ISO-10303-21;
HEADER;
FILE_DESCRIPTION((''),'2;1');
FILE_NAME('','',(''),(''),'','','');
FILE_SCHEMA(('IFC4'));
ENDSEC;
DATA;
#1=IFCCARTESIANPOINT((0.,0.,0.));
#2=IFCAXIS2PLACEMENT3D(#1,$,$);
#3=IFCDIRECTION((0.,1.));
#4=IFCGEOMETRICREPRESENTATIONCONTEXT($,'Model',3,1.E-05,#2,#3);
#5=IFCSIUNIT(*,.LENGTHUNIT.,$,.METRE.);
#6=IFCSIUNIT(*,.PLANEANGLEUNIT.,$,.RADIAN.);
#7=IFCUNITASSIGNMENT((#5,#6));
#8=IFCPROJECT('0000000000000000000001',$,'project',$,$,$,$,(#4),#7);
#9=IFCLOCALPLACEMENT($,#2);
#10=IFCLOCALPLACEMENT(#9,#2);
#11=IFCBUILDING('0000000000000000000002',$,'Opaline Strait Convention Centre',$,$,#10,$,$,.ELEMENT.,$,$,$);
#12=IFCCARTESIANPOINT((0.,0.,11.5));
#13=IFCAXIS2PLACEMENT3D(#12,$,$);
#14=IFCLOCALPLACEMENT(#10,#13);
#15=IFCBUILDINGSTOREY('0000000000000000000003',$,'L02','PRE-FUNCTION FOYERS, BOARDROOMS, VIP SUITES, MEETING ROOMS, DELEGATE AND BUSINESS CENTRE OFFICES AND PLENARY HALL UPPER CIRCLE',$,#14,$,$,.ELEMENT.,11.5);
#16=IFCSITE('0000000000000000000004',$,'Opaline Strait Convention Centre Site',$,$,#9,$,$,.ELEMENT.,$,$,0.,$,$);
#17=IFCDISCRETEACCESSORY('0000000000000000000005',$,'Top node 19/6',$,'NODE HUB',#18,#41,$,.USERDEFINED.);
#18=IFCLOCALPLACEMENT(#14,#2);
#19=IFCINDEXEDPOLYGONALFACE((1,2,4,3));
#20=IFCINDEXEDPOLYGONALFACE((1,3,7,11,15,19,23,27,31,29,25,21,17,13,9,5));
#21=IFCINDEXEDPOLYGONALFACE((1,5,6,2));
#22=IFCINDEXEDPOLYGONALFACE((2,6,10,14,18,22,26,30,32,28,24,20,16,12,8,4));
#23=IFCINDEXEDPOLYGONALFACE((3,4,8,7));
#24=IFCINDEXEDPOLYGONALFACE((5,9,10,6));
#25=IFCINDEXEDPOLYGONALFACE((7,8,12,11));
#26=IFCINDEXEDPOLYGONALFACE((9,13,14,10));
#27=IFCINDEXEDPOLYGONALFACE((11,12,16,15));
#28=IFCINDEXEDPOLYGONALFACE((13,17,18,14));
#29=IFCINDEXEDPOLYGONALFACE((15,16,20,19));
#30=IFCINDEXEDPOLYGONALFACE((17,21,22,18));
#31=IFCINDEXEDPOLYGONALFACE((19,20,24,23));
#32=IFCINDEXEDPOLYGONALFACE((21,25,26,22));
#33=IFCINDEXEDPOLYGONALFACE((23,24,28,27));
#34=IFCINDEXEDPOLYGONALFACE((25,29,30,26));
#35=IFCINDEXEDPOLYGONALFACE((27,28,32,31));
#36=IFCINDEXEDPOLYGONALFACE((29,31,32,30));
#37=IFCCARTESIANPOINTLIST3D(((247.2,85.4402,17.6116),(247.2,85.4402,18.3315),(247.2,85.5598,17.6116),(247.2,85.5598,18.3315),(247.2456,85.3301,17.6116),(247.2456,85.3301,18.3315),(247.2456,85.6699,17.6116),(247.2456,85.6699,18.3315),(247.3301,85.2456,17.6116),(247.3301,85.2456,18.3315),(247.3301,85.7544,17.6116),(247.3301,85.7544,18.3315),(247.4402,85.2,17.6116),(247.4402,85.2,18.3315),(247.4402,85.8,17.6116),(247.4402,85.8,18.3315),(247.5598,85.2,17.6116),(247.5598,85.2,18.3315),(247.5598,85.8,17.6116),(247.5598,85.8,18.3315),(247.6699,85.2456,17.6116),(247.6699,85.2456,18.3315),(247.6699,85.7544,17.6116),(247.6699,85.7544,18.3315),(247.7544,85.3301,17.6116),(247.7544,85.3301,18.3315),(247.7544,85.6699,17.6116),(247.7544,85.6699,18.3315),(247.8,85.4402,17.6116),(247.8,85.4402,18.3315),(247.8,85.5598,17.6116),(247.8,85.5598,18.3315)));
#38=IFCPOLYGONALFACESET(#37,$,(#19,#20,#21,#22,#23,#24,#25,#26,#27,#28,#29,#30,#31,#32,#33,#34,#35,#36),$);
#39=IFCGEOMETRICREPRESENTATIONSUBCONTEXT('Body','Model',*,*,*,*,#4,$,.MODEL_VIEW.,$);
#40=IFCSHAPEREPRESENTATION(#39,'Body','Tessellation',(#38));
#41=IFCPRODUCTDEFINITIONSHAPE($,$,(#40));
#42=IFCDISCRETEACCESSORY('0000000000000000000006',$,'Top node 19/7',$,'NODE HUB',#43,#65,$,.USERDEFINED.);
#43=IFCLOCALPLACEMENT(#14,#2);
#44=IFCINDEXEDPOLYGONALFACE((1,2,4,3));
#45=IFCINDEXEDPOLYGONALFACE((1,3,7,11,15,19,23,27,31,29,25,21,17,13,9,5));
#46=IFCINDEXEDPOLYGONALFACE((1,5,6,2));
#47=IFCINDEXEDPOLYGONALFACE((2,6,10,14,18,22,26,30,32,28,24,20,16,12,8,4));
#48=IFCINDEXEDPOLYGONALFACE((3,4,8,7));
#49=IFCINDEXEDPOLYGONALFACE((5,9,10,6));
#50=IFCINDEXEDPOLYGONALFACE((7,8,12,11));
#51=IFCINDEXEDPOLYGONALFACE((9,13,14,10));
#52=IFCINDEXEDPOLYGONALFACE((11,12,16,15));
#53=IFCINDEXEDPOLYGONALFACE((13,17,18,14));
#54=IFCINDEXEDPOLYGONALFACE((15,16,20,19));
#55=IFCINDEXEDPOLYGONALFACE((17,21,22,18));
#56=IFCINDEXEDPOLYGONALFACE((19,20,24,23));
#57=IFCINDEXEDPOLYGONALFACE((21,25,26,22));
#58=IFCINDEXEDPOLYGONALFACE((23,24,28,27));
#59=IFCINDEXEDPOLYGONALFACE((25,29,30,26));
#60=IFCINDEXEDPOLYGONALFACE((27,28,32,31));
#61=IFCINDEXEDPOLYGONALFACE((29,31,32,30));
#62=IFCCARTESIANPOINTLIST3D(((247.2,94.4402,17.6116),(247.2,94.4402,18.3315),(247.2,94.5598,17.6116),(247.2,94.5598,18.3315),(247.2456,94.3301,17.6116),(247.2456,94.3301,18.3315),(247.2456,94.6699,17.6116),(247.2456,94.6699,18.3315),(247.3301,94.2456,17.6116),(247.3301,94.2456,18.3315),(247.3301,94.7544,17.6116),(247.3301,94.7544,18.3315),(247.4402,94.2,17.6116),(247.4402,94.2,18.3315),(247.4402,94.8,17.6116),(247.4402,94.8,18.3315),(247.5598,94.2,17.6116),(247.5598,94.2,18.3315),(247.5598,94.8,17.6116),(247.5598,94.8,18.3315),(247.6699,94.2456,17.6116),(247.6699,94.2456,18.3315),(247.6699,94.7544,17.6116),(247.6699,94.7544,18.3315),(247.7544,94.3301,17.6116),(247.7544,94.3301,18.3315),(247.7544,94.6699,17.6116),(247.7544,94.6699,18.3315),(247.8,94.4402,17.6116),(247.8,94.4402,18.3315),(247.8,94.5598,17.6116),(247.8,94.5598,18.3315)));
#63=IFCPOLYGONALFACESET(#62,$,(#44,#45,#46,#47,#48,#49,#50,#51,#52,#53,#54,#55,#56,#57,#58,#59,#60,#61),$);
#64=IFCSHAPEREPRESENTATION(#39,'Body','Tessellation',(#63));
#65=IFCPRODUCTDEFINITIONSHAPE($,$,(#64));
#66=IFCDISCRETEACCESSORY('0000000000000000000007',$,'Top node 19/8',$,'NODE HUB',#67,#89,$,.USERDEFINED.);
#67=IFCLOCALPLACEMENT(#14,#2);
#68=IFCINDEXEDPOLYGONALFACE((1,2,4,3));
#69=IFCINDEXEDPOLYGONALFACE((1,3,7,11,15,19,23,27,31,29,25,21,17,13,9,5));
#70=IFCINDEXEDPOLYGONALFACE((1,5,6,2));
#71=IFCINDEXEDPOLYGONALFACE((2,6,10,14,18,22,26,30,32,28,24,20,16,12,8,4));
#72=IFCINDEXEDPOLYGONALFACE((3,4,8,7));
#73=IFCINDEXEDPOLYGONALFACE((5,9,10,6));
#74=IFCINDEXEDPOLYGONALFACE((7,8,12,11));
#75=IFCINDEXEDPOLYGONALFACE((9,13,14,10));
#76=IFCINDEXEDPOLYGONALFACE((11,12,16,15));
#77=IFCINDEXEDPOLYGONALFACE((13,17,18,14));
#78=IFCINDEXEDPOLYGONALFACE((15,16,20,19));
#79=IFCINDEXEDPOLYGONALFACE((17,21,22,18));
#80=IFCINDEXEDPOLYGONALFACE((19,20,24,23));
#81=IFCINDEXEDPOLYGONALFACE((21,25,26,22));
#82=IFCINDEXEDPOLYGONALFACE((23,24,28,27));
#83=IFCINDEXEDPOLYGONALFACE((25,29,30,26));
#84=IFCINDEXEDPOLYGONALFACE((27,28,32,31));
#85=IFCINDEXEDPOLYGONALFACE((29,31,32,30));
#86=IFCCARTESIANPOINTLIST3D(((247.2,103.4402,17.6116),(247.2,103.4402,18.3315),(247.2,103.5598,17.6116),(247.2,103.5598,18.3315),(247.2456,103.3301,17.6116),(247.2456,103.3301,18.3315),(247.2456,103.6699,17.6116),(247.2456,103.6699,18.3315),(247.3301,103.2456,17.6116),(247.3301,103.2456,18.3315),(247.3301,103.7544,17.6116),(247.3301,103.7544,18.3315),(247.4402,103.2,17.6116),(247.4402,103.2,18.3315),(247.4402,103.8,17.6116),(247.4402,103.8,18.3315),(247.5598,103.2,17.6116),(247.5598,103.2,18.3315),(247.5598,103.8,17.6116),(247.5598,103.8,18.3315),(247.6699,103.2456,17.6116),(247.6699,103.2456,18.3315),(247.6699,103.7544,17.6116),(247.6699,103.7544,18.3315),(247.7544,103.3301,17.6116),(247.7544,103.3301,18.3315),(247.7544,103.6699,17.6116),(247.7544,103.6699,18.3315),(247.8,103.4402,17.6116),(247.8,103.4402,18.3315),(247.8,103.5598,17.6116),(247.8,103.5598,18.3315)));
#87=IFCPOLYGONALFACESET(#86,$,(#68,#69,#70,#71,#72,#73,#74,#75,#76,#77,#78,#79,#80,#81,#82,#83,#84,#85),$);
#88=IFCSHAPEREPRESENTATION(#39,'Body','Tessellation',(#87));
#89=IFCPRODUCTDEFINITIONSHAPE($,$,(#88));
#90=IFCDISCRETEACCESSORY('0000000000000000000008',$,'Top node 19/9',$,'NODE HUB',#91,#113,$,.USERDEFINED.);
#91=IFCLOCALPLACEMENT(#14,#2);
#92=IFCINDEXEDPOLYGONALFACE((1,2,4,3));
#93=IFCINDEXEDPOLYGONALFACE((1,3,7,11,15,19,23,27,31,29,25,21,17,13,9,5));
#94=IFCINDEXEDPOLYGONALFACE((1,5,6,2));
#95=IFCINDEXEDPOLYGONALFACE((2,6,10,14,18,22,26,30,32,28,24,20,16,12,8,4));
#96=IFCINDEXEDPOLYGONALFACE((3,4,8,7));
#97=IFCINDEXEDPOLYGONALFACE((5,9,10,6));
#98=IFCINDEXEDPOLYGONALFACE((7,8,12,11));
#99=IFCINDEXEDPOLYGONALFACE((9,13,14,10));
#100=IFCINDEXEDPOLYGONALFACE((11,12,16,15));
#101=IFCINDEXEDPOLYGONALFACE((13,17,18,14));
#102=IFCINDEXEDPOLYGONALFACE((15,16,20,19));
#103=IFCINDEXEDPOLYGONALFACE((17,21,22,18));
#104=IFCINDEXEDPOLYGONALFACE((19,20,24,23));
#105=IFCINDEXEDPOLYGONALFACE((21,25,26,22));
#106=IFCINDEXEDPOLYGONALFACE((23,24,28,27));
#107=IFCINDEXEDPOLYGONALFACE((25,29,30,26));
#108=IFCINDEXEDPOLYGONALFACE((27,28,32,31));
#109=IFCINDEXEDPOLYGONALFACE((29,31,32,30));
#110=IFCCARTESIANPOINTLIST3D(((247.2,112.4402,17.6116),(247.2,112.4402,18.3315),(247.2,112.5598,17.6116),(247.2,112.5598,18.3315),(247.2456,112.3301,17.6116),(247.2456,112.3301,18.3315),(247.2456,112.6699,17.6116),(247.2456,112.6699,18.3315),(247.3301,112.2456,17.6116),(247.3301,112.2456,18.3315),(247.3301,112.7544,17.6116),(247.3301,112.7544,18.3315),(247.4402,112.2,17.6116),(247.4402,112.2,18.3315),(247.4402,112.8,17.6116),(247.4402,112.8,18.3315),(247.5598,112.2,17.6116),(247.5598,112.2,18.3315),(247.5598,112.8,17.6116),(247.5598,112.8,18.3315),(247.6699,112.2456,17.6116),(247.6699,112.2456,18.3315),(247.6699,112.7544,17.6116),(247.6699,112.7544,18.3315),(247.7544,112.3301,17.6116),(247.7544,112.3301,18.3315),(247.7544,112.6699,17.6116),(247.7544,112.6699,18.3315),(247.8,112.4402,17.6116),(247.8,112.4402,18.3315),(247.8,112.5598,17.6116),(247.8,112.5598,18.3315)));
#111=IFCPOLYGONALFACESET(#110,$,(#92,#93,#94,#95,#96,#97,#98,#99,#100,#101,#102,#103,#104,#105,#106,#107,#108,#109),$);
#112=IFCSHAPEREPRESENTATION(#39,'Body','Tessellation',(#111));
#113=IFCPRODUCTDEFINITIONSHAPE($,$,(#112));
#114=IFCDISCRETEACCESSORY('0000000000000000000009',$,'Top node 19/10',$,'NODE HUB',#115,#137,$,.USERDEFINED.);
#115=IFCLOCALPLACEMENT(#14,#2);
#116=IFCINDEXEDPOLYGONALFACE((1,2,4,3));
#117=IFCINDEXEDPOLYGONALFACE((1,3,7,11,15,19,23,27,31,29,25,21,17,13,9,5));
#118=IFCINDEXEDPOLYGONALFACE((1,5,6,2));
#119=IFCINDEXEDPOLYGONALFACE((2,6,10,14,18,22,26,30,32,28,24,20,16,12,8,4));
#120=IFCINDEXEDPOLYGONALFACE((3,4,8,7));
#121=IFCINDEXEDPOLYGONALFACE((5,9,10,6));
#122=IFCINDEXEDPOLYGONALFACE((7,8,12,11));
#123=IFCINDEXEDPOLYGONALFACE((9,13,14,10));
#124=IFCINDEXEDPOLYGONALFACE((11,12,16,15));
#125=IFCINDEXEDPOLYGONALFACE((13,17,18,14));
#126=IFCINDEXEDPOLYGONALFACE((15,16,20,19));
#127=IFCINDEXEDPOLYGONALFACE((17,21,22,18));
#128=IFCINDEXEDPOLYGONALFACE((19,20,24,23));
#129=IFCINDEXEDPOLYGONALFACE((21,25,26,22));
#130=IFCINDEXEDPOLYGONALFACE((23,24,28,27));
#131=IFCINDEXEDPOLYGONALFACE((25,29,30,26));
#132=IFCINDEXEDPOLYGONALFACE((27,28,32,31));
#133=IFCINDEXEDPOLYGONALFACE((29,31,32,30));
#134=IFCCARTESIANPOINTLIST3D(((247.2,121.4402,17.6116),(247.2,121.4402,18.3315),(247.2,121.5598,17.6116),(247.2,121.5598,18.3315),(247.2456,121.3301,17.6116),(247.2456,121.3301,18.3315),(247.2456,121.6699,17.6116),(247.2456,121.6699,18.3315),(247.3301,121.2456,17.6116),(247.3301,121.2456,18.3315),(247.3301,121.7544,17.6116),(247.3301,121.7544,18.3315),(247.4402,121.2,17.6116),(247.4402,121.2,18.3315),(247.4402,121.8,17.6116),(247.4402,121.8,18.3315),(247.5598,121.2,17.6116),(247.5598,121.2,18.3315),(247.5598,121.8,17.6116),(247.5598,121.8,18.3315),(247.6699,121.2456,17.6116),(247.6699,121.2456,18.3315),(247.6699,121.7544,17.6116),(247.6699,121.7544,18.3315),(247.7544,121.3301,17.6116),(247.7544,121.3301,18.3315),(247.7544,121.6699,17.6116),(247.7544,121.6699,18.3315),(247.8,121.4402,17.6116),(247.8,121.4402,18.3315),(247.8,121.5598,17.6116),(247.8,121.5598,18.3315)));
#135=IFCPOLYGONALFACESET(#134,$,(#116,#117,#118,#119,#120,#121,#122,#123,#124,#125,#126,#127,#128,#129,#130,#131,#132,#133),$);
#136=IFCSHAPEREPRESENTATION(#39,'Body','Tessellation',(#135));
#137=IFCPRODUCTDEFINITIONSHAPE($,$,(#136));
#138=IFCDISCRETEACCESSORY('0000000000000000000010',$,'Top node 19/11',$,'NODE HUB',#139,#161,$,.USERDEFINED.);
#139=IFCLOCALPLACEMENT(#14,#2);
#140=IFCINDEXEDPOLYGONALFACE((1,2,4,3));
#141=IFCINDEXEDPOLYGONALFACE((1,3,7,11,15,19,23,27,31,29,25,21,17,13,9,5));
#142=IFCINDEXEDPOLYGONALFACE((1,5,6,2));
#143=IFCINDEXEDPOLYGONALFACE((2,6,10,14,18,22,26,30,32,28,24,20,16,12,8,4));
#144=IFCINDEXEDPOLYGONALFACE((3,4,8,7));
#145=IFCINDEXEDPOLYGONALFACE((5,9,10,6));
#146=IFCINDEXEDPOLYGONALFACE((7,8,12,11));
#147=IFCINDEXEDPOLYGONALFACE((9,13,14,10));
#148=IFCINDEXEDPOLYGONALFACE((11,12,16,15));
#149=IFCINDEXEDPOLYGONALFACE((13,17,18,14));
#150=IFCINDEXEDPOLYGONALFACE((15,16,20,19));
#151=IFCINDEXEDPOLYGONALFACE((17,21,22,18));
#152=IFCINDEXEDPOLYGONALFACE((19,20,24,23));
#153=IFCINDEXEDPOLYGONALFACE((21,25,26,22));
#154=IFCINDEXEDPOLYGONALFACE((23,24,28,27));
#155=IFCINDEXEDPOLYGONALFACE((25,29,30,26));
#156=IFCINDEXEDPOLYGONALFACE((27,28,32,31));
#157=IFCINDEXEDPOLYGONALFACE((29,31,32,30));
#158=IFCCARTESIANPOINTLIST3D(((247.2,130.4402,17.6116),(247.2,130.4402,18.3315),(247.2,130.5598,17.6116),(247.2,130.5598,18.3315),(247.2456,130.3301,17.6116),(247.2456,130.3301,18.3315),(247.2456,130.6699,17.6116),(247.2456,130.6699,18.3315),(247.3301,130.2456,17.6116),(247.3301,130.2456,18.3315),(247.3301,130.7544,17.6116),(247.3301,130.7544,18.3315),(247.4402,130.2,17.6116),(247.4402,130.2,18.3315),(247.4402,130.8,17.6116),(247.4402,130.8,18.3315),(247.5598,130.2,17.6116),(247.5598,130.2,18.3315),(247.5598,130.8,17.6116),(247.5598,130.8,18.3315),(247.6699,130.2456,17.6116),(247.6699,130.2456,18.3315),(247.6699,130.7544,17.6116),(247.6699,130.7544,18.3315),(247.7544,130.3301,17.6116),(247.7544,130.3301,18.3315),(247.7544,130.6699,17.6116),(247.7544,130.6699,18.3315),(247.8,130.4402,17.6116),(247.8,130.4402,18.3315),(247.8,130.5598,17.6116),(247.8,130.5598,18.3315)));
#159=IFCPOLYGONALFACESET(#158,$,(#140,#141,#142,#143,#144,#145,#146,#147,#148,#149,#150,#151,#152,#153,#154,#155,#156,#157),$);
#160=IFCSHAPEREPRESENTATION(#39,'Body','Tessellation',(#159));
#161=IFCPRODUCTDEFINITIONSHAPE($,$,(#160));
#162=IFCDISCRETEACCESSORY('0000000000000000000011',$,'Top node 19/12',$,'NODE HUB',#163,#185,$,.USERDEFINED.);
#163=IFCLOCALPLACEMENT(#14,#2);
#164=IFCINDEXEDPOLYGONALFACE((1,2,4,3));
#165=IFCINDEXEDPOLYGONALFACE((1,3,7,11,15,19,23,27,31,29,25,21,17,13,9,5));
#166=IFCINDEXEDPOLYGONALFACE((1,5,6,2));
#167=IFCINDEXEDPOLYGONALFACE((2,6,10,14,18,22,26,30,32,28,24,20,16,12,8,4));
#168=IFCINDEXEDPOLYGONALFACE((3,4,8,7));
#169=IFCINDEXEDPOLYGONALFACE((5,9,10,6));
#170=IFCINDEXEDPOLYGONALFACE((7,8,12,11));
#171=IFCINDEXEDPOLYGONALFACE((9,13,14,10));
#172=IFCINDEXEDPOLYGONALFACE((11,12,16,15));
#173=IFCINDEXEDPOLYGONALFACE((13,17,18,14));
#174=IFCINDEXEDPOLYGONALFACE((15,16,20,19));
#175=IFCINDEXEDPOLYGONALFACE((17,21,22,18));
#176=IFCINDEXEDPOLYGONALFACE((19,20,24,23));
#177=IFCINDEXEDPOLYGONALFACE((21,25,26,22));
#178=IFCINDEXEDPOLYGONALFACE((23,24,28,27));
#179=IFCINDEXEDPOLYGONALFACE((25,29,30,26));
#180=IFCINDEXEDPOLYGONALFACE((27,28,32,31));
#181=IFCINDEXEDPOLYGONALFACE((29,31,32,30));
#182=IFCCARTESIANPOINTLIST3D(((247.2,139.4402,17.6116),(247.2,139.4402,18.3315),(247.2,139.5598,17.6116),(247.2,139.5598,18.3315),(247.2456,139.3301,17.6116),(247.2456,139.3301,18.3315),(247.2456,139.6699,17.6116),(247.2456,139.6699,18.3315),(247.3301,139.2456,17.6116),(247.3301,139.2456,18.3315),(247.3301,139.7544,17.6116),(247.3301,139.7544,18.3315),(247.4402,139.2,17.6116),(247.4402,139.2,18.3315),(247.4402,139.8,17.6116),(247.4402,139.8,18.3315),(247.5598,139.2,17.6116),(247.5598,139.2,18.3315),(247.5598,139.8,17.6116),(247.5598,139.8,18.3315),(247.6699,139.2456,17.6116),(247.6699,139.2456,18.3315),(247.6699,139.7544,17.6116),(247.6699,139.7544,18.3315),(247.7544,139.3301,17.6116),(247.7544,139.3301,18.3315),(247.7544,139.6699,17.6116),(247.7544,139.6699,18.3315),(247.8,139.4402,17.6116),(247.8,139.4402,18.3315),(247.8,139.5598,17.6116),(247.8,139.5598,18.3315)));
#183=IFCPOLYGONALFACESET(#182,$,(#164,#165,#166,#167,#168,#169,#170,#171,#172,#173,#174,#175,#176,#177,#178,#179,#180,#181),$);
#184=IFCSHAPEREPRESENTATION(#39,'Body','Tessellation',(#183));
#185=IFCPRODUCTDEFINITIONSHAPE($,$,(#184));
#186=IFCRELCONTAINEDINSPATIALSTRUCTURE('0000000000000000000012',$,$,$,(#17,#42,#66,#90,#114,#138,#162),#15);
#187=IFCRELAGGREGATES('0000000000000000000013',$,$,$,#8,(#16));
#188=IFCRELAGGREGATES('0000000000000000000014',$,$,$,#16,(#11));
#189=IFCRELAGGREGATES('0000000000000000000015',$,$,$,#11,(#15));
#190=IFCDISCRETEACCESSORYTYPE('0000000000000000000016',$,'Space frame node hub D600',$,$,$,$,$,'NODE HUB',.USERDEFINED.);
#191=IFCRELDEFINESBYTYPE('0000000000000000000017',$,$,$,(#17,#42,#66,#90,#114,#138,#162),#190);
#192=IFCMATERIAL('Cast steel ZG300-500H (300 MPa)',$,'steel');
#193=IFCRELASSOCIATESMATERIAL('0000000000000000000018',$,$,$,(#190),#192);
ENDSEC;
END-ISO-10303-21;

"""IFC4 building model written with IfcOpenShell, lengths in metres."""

from ifc_helpers import new_model, si_unit, direction, frame, origin, place, context, subcontext, project, spatial, polyline, outline, extrude, material, type_object, element, save


model = new_model("IFC4")

# Units and contexts
model_context = context("Model", 3, precision=1e-05, world=origin(), true_north=direction((0.0, 1.0)))
body_context = subcontext(model_context, "Body", "Model", "MODEL_VIEW")
ifc_project = project(units=[si_unit("LENGTHUNIT", "METRE"), si_unit("PLANEANGLEUNIT", "RADIAN")], contexts=[model_context])

# Site, building, storey
site_placement = place(None, origin())
site = spatial("IfcSite", under=ifc_project, at=site_placement, Name="Opaline Strait Convention Centre Site", CompositionType="ELEMENT", RefElevation=0.0)
building_placement = place(site_placement, origin())
building = spatial("IfcBuilding", under=site, at=building_placement, Name="Opaline Strait Convention Centre", CompositionType="ELEMENT")
storey_placement = place(building_placement, frame((0.0, 0.0, 11.5)))
storey = spatial("IfcBuildingStorey", under=building, at=storey_placement, Name="L02", Description="PRE-FUNCTION FOYERS, BOARDROOMS, VIP SUITES, MEETING ROOMS, DELEGATE AND BUSINESS CENTRE OFFICES AND PLENARY HALL UPPER CIRCLE", CompositionType="ELEMENT", Elevation=11.5)

# Discrete accessories
ifc_material = material(Name="Cast steel ZG300-500H (300 MPa)", Category="steel")
discrete_accessory_type = type_object("IfcDiscreteAccessoryType", Name="Space frame node hub D600", ElementType="NODE HUB", PredefinedType="USERDEFINED", material=ifc_material)
discrete_accessory_1_placement = place(storey_placement, frame((0.0, 0.0, 17.6116)))
element("IfcDiscreteAccessory", 1, at=discrete_accessory_1_placement, inside=storey, type_object=discrete_accessory_type, Name="Top node 19/6", ObjectType="NODE HUB", PredefinedType="USERDEFINED", context=body_context, shape_type="SweptSolid", body=[
    extrude(outline(polyline([(247.8, 85.5598), (247.7544, 85.6699), (247.6699, 85.7544), (247.5598, 85.8), (247.4402, 85.8), (247.3301, 85.7544), (247.2456, 85.6699), (247.2, 85.5598), (247.2, 85.4402), (247.2456, 85.3301), (247.3301, 85.2456), (247.4402, 85.2), (247.5598, 85.2), (247.6699, 85.2456), (247.7544, 85.3301), (247.8, 85.4402), (247.8, 85.5598)])), origin(), (0.0, 0.0, 1.0), 0.72),
])
discrete_accessory_2_placement = place(storey_placement, frame((0.0, 0.0, 17.6116)))
element("IfcDiscreteAccessory", 2, at=discrete_accessory_2_placement, inside=storey, type_object=discrete_accessory_type, Name="Top node 19/7", ObjectType="NODE HUB", PredefinedType="USERDEFINED", context=body_context, shape_type="SweptSolid", body=[
    extrude(outline(polyline([(247.8, 94.5598), (247.7544, 94.6699), (247.6699, 94.7544), (247.5598, 94.8), (247.4402, 94.8), (247.3301, 94.7544), (247.2456, 94.6699), (247.2, 94.5598), (247.2, 94.4402), (247.2456, 94.3301), (247.3301, 94.2456), (247.4402, 94.2), (247.5598, 94.2), (247.6699, 94.2456), (247.7544, 94.3301), (247.8, 94.4402), (247.8, 94.5598)])), origin(), (0.0, 0.0, 1.0), 0.72),
])
discrete_accessory_3_placement = place(storey_placement, frame((0.0, 0.0, 17.6116)))
element("IfcDiscreteAccessory", 3, at=discrete_accessory_3_placement, inside=storey, type_object=discrete_accessory_type, Name="Top node 19/8", ObjectType="NODE HUB", PredefinedType="USERDEFINED", context=body_context, shape_type="SweptSolid", body=[
    extrude(outline(polyline([(247.8, 103.5598), (247.7544, 103.6699), (247.6699, 103.7544), (247.5598, 103.8), (247.4402, 103.8), (247.3301, 103.7544), (247.2456, 103.6699), (247.2, 103.5598), (247.2, 103.4402), (247.2456, 103.3301), (247.3301, 103.2456), (247.4402, 103.2), (247.5598, 103.2), (247.6699, 103.2456), (247.7544, 103.3301), (247.8, 103.4402), (247.8, 103.5598)])), origin(), (0.0, 0.0, 1.0), 0.72),
])
discrete_accessory_4_placement = place(storey_placement, frame((0.0, 0.0, 17.6116)))
element("IfcDiscreteAccessory", 4, at=discrete_accessory_4_placement, inside=storey, type_object=discrete_accessory_type, Name="Top node 19/9", ObjectType="NODE HUB", PredefinedType="USERDEFINED", context=body_context, shape_type="SweptSolid", body=[
    extrude(outline(polyline([(247.8, 112.5598), (247.7544, 112.6699), (247.6699, 112.7544), (247.5598, 112.8), (247.4402, 112.8), (247.3301, 112.7544), (247.2456, 112.6699), (247.2, 112.5598), (247.2, 112.4402), (247.2456, 112.3301), (247.3301, 112.2456), (247.4402, 112.2), (247.5598, 112.2), (247.6699, 112.2456), (247.7544, 112.3301), (247.8, 112.4402), (247.8, 112.5598)])), origin(), (0.0, 0.0, 1.0), 0.72),
])
discrete_accessory_5_placement = place(storey_placement, frame((0.0, 0.0, 17.6116)))
element("IfcDiscreteAccessory", 5, at=discrete_accessory_5_placement, inside=storey, type_object=discrete_accessory_type, Name="Top node 19/10", ObjectType="NODE HUB", PredefinedType="USERDEFINED", context=body_context, shape_type="SweptSolid", body=[
    extrude(outline(polyline([(247.8, 121.5598), (247.7544, 121.6699), (247.6699, 121.7544), (247.5598, 121.8), (247.4402, 121.8), (247.3301, 121.7544), (247.2456, 121.6699), (247.2, 121.5598), (247.2, 121.4402), (247.2456, 121.3301), (247.3301, 121.2456), (247.4402, 121.2), (247.5598, 121.2), (247.6699, 121.2456), (247.7544, 121.3301), (247.8, 121.4402), (247.8, 121.5598)])), origin(), (0.0, 0.0, 1.0), 0.72),
])
discrete_accessory_6_placement = place(storey_placement, frame((0.0, 0.0, 17.6116)))
element("IfcDiscreteAccessory", 6, at=discrete_accessory_6_placement, inside=storey, type_object=discrete_accessory_type, Name="Top node 19/11", ObjectType="NODE HUB", PredefinedType="USERDEFINED", context=body_context, shape_type="SweptSolid", body=[
    extrude(outline(polyline([(247.8, 130.5598), (247.7544, 130.6699), (247.6699, 130.7544), (247.5598, 130.8), (247.4402, 130.8), (247.3301, 130.7544), (247.2456, 130.6699), (247.2, 130.5598), (247.2, 130.4402), (247.2456, 130.3301), (247.3301, 130.2456), (247.4402, 130.2), (247.5598, 130.2), (247.6699, 130.2456), (247.7544, 130.3301), (247.8, 130.4402), (247.8, 130.5598)])), origin(), (0.0, 0.0, 1.0), 0.72),
])
discrete_accessory_7_placement = place(storey_placement, frame((0.0, 0.0, 17.6116)))
element("IfcDiscreteAccessory", 7, at=discrete_accessory_7_placement, inside=storey, type_object=discrete_accessory_type, Name="Top node 19/12", ObjectType="NODE HUB", PredefinedType="USERDEFINED", context=body_context, shape_type="SweptSolid", body=[
    extrude(outline(polyline([(247.8, 139.5598), (247.7544, 139.6699), (247.6699, 139.7544), (247.5598, 139.8), (247.4402, 139.8), (247.3301, 139.7544), (247.2456, 139.6699), (247.2, 139.5598), (247.2, 139.4402), (247.2456, 139.3301), (247.3301, 139.2456), (247.4402, 139.2), (247.5598, 139.2), (247.6699, 139.2456), (247.7544, 139.3301), (247.8, 139.4402), (247.8, 139.5598)])), origin(), (0.0, 0.0, 1.0), 0.72),
])

save(model, "model.ifc")
